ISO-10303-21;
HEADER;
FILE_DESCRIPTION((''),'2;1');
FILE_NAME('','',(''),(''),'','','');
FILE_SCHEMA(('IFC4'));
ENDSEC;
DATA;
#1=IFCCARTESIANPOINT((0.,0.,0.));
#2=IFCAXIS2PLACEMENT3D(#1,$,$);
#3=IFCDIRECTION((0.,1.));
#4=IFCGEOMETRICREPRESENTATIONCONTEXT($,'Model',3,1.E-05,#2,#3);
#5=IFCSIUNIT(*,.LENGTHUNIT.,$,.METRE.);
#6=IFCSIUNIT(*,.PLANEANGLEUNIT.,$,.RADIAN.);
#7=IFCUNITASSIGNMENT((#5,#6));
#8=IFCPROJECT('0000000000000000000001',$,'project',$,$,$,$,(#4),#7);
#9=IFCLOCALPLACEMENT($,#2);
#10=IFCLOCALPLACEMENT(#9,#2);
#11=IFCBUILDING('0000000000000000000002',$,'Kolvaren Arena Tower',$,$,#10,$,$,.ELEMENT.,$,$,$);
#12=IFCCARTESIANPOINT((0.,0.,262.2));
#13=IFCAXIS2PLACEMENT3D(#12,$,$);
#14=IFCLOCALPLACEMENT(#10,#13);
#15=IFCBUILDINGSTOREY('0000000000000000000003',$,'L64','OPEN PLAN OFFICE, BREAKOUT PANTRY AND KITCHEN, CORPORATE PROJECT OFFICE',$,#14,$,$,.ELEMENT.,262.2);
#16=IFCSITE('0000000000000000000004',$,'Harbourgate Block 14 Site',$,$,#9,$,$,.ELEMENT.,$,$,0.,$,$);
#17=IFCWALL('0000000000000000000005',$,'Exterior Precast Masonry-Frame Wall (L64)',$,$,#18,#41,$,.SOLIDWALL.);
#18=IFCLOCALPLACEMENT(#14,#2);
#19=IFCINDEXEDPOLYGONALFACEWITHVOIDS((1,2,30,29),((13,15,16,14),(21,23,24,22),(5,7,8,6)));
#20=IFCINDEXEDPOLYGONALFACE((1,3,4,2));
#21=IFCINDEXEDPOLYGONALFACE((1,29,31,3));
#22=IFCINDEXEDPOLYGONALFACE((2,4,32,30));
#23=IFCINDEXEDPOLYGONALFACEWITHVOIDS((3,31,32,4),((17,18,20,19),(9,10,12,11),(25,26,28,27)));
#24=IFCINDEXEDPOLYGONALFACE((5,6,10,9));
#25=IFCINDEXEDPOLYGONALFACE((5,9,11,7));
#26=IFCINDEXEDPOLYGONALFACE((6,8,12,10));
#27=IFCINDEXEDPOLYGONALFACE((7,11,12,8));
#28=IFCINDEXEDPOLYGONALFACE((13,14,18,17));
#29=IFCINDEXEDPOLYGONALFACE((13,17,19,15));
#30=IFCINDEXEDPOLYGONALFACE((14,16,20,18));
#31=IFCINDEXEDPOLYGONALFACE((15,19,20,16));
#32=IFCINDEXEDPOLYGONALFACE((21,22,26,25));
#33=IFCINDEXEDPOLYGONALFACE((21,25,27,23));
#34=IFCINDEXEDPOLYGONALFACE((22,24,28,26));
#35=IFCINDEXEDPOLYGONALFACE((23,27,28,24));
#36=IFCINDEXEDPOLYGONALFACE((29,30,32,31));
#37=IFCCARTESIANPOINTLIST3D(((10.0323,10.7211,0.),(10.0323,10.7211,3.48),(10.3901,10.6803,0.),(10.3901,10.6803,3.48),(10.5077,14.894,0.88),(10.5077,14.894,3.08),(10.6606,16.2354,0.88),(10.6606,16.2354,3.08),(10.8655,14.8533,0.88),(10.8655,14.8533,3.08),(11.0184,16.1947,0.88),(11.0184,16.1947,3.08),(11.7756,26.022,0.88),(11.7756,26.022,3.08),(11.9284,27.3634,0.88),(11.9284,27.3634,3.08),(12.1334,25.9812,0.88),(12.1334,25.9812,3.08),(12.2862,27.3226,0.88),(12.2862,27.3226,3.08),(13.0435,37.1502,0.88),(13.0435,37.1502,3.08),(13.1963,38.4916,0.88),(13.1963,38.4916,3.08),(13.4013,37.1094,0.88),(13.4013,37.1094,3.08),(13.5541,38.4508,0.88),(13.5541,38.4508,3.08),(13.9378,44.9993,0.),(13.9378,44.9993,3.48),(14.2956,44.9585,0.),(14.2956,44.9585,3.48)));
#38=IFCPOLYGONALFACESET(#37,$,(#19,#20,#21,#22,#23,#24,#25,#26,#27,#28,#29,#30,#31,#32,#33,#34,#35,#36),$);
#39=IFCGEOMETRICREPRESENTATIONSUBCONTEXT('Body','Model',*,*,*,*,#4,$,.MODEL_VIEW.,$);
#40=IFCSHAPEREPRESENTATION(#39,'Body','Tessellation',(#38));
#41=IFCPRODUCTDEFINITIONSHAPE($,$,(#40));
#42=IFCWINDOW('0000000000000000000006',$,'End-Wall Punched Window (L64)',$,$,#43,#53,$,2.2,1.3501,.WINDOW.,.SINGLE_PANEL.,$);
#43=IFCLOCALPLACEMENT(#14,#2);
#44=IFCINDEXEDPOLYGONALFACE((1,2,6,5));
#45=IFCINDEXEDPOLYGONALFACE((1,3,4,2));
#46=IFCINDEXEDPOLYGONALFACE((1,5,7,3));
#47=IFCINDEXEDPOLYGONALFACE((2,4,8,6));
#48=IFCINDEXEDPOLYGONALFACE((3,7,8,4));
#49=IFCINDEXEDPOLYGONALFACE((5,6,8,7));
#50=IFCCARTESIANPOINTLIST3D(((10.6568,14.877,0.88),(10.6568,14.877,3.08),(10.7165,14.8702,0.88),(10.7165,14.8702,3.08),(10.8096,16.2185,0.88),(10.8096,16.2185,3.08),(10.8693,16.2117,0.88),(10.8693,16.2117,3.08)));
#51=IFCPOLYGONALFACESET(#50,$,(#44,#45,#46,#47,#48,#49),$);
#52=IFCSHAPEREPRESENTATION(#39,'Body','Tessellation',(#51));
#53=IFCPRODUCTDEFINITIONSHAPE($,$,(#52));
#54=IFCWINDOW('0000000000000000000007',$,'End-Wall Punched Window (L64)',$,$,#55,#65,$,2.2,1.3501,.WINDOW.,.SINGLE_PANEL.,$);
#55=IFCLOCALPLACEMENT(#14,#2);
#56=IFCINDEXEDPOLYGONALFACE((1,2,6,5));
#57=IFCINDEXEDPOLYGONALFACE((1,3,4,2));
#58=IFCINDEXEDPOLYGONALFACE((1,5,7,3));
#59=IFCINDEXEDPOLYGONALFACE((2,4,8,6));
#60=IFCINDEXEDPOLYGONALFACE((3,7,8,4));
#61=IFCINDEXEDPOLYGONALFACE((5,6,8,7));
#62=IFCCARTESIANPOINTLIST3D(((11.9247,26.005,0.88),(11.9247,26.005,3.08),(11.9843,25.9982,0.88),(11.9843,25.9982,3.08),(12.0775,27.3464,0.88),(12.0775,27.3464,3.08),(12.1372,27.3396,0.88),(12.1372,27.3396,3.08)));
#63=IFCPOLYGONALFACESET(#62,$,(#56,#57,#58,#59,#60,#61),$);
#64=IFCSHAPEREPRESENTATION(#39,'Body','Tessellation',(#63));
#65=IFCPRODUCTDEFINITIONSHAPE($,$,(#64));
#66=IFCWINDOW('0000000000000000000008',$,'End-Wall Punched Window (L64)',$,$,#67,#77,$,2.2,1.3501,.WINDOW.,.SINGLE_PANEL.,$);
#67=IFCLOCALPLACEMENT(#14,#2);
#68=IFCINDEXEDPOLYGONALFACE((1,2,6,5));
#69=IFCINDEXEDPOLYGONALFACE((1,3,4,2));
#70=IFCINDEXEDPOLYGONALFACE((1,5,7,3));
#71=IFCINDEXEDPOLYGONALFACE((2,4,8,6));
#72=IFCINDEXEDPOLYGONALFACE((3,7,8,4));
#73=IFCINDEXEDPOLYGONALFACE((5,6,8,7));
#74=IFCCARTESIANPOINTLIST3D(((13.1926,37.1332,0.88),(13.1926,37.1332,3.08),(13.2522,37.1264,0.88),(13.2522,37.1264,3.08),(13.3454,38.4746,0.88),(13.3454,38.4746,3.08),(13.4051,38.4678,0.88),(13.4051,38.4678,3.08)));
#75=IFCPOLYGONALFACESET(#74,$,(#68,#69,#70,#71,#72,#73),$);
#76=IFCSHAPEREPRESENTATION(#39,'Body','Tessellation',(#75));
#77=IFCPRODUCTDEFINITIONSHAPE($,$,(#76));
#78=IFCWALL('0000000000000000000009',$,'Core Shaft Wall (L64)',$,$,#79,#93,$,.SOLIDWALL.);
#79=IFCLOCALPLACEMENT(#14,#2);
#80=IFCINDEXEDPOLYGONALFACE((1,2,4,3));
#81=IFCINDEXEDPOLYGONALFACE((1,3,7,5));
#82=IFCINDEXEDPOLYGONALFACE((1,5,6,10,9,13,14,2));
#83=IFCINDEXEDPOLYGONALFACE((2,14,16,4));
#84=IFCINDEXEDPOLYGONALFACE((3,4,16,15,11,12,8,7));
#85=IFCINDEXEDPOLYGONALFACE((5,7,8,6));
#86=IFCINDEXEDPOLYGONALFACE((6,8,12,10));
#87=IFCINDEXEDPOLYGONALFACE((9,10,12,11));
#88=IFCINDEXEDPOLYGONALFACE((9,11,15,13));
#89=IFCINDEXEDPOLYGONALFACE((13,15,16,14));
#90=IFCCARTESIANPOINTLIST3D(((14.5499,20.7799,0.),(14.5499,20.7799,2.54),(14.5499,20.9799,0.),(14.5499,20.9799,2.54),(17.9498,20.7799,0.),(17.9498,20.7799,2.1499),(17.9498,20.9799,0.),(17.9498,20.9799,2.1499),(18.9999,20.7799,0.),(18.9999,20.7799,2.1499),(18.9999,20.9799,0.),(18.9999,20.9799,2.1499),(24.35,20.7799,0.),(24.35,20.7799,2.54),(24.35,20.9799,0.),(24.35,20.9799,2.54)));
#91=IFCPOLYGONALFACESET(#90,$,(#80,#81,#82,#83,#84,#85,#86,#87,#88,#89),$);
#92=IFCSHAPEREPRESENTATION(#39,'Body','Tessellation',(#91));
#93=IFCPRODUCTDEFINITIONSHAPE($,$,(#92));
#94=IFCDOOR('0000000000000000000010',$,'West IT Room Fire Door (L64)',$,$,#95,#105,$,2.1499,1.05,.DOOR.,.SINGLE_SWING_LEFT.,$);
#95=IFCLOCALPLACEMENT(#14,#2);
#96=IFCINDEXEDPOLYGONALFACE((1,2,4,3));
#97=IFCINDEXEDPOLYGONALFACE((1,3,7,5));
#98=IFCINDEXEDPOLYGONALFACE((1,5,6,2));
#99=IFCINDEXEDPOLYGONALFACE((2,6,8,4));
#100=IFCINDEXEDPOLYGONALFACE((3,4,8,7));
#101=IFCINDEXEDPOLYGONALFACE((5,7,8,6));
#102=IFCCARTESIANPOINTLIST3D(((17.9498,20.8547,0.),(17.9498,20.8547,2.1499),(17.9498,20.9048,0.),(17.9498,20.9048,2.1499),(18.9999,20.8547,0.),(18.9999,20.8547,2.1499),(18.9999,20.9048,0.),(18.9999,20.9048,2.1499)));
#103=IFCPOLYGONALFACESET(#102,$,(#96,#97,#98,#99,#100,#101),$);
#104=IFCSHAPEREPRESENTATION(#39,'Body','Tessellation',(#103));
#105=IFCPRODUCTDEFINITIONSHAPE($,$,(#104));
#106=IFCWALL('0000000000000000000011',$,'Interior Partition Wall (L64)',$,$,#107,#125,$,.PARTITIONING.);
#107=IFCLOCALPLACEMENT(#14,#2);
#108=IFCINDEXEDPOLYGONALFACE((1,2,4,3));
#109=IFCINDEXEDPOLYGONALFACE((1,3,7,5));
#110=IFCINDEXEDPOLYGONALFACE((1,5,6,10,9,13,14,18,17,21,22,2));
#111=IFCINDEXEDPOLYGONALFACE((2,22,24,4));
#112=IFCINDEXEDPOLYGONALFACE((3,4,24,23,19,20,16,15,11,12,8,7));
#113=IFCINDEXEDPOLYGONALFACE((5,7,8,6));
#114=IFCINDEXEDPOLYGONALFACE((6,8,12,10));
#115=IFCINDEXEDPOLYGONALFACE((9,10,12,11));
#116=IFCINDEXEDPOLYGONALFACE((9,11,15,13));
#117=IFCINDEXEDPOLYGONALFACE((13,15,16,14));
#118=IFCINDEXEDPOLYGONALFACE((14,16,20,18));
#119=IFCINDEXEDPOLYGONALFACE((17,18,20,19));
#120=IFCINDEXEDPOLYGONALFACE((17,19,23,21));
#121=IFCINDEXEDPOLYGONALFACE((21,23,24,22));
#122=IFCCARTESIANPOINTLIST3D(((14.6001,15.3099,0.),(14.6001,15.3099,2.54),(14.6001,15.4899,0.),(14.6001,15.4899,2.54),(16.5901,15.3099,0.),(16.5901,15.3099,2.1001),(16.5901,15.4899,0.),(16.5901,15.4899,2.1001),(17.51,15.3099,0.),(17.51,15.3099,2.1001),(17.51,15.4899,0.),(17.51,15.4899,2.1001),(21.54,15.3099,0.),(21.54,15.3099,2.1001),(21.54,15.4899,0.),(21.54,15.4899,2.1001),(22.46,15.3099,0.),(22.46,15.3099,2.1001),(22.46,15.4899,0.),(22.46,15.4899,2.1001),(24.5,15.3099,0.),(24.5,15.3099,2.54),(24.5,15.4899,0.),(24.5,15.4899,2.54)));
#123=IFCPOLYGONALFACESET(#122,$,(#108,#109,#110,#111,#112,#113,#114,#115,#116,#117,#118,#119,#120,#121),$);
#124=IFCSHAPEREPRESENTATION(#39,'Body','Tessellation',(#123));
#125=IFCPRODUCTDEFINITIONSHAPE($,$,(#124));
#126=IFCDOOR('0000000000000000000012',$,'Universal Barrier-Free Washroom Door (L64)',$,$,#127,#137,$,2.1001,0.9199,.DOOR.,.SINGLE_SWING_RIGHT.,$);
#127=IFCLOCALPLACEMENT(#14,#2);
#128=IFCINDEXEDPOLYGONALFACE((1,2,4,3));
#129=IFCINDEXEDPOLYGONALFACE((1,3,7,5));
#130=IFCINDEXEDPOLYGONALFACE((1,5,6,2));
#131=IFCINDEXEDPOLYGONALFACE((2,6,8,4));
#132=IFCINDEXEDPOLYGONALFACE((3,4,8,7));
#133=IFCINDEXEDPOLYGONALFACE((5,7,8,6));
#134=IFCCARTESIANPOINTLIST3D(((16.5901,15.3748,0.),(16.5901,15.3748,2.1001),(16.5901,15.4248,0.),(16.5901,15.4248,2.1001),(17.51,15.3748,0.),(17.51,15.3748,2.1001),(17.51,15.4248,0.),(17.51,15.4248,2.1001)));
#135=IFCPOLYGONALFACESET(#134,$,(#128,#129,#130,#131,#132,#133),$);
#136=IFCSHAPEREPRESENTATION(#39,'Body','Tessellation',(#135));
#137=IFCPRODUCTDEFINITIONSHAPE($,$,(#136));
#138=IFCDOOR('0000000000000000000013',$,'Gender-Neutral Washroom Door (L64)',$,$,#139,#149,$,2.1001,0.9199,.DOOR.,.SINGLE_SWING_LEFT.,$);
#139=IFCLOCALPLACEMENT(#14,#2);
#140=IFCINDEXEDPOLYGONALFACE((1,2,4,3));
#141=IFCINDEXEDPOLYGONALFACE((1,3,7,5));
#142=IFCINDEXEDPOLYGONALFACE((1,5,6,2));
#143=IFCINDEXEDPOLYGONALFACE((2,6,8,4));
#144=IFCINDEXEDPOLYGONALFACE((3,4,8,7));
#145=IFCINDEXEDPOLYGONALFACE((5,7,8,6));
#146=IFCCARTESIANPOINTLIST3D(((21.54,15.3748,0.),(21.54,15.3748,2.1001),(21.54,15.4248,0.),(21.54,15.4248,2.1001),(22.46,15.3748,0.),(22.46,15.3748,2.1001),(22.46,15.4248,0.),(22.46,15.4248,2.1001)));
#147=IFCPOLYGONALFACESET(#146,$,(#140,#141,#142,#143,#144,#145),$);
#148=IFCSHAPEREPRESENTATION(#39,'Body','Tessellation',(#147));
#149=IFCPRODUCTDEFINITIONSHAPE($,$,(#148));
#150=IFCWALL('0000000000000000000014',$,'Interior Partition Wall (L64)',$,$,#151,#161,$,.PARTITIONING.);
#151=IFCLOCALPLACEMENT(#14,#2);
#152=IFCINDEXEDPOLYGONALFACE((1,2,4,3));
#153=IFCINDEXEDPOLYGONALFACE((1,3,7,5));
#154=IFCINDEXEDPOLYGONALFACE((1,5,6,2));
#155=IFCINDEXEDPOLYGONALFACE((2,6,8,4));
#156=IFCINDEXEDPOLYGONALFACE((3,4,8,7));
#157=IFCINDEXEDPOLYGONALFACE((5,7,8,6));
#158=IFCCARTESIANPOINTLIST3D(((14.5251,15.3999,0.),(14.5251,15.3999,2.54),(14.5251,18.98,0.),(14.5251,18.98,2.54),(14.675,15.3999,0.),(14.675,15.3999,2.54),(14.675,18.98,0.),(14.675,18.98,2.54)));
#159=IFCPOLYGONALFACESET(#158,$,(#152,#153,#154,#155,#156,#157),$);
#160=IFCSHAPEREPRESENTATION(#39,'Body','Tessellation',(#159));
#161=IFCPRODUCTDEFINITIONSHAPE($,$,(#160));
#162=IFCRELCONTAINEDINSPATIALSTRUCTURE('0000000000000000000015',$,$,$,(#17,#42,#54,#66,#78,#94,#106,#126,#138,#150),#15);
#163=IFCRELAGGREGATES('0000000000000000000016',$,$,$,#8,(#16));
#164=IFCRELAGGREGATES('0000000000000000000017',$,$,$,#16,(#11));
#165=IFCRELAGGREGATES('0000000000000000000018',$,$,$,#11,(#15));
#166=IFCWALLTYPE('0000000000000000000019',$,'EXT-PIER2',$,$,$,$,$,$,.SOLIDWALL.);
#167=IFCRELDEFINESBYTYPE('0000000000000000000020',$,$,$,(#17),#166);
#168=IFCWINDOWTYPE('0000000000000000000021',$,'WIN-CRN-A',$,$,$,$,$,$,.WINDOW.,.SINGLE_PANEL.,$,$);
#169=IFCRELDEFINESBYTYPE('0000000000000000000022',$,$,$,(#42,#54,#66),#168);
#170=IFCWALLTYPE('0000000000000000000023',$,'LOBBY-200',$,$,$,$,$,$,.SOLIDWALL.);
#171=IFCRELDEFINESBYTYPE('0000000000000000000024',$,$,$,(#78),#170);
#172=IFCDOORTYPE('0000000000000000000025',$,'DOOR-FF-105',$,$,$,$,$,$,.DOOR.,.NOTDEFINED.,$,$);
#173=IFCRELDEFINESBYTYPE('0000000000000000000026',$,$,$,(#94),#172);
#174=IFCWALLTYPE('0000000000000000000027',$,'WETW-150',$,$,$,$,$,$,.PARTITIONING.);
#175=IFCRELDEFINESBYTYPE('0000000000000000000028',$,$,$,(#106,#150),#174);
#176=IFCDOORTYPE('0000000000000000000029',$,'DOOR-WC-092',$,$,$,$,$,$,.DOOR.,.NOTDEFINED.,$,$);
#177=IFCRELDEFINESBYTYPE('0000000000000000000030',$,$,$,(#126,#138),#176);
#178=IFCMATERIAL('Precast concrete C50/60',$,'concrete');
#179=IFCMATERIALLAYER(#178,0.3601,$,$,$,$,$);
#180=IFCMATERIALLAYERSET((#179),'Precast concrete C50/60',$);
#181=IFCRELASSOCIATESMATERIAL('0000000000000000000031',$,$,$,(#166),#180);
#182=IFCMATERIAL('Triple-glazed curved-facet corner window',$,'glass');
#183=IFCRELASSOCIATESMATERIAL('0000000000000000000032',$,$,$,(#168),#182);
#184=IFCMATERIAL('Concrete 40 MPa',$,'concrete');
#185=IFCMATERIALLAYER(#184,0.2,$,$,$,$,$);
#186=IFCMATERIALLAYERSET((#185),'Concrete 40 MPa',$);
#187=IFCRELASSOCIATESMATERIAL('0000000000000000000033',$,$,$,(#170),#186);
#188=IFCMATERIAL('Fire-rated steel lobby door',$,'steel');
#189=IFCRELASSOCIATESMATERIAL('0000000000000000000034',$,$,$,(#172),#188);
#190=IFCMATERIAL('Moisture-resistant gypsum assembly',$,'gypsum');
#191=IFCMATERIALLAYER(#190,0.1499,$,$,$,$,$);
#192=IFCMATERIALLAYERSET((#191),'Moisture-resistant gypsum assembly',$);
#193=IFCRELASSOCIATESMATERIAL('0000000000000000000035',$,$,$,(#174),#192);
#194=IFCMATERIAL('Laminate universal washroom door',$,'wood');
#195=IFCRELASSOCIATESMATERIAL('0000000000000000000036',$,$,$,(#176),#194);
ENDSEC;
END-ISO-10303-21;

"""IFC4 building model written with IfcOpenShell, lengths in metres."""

from ifc_helpers import new_model, si_unit, direction, frame, frame_2d, origin, place, context, subcontext, project, spatial, rectangle, extrude, material, layer, layer_set, type_object, element, fill, save


model = new_model("IFC4")

# Units and contexts
model_context = context("Model", 3, precision=1e-05, world=origin(), true_north=direction((0.0, 1.0)))
body_context = subcontext(model_context, "Body", "Model", "MODEL_VIEW")
ifc_project = project(units=[si_unit("LENGTHUNIT", "METRE"), si_unit("PLANEANGLEUNIT", "RADIAN")], contexts=[model_context])

# Site, building, storey
site_placement = place(None, origin())
site = spatial("IfcSite", under=ifc_project, at=site_placement, Name="Harbourgate Block 14 Site", CompositionType="ELEMENT", RefElevation=0.0)
building_placement = place(site_placement, origin())
building = spatial("IfcBuilding", under=site, at=building_placement, Name="Kolvaren Arena Tower", CompositionType="ELEMENT")
storey_placement = place(building_placement, frame((0.0, 0.0, 262.2)))
storey = spatial("IfcBuildingStorey", under=building, at=storey_placement, Name="L64", Description="OPEN PLAN OFFICE, BREAKOUT PANTRY AND KITCHEN, CORPORATE PROJECT OFFICE", CompositionType="ELEMENT", Elevation=262.2)

# Wall, openings, windows
ifc_material_1 = material(Name="Precast concrete C50/60", Category="concrete")
ifc_layer_1 = layer(ifc_material_1, 0.3601)
ifc_layer_set_1 = layer_set([ifc_layer_1], Name="Precast concrete C50/60")
wall_type_1 = type_object("IfcWallType", Name="EXT-PIER2", PredefinedType="SOLIDWALL", material=ifc_layer_set_1)
wall_1_placement = place(storey_placement, frame((10.2112, 10.7007, 0.0), z_axis=(0.0, 0.0, 1.0), x_axis=(0.113203, 0.993572, 0.0)))
wall_1 = element("IfcWall", 1, at=wall_1_placement, inside=storey, type_object=wall_type_1, Name="Exterior Precast Masonry-Frame Wall (L64)", PredefinedType="SOLIDWALL", context=body_context, shape_type="SweptSolid", body=[
    extrude(rectangle(XDim=34.5, YDim=0.3601, at=frame_2d((17.25, 0.0))), origin(), (0.0, 0.0, 1.0), 3.48),
])
opening_1_placement = place(wall_1_placement, frame((4.2, 0.0, 0.8799)))
opening_1 = element("IfcOpeningElement", 2, at=opening_1_placement, cuts=wall_1, PredefinedType="OPENING", context=body_context, shape_type="SweptSolid", body=[
    extrude(rectangle(XDim=1.3501, YDim=2.2, at=frame_2d((0.675, 1.1001))), frame((0.0, 0.1899, 0.0), z_axis=(0.0, -1.0, 0.0), x_axis=(1.0, 0.0, 0.0)), (0.0, 0.0, 1.0), 0.3801),
])
opening_2_placement = place(wall_1_placement, frame((15.3999, 0.0, 0.8799)))
opening_2 = element("IfcOpeningElement", 3, at=opening_2_placement, cuts=wall_1, PredefinedType="OPENING", context=body_context, shape_type="SweptSolid", body=[
    extrude(rectangle(XDim=1.3501, YDim=2.2, at=frame_2d((0.675, 1.1001))), frame((0.0, 0.1899, 0.0), z_axis=(0.0, -1.0, 0.0), x_axis=(1.0, 0.0, 0.0)), (0.0, 0.0, 1.0), 0.3801),
])
opening_3_placement = place(wall_1_placement, frame((26.6001, 0.0, 0.8799)))
opening_3 = element("IfcOpeningElement", 4, at=opening_3_placement, cuts=wall_1, PredefinedType="OPENING", context=body_context, shape_type="SweptSolid", body=[
    extrude(rectangle(XDim=1.3501, YDim=2.2, at=frame_2d((0.675, 1.1001))), frame((0.0, 0.1899, 0.0), z_axis=(0.0, -1.0, 0.0), x_axis=(1.0, 0.0, 0.0)), (0.0, 0.0, 1.0), 0.3801),
])
ifc_material_2 = material(Name="Triple-glazed curved-facet corner window", Category="glass")
window_type = type_object("IfcWindowType", Name="WIN-CRN-A", PartitioningType="SINGLE_PANEL", PredefinedType="WINDOW", material=ifc_material_2)
window_1_placement = place(opening_1_placement, origin())
window_1 = element("IfcWindow", 5, at=window_1_placement, inside=storey, type_object=window_type, Name="End-Wall Punched Window (L64)", OverallHeight=2.2, OverallWidth=1.3501, PartitioningType="SINGLE_PANEL", PredefinedType="WINDOW", context=body_context, shape_type="SweptSolid", body=[
    extrude(rectangle(XDim=1.3501, YDim=2.2, at=frame_2d((0.675, 1.1001))), frame((0.0, 0.03, 0.0), z_axis=(0.0, -1.0, 0.0), x_axis=(1.0, 0.0, 0.0)), (0.0, 0.0, 1.0), 0.0601),
])
fill(opening_1, window_1)
window_2_placement = place(opening_2_placement, origin())
window_2 = element("IfcWindow", 6, at=window_2_placement, inside=storey, type_object=window_type, Name="End-Wall Punched Window (L64)", OverallHeight=2.2, OverallWidth=1.3501, PartitioningType="SINGLE_PANEL", PredefinedType="WINDOW", context=body_context, shape_type="SweptSolid", body=[
    extrude(rectangle(XDim=1.3501, YDim=2.2, at=frame_2d((0.675, 1.1001))), frame((0.0, 0.03, 0.0), z_axis=(0.0, -1.0, 0.0), x_axis=(1.0, 0.0, 0.0)), (0.0, 0.0, 1.0), 0.0601),
])
fill(opening_2, window_2)
window_3_placement = place(opening_3_placement, origin())
window_3 = element("IfcWindow", 7, at=window_3_placement, inside=storey, type_object=window_type, Name="End-Wall Punched Window (L64)", OverallHeight=2.2, OverallWidth=1.3501, PartitioningType="SINGLE_PANEL", PredefinedType="WINDOW", context=body_context, shape_type="SweptSolid", body=[
    extrude(rectangle(XDim=1.3501, YDim=2.2, at=frame_2d((0.675, 1.1001))), frame((0.0, 0.03, 0.0), z_axis=(0.0, -1.0, 0.0), x_axis=(1.0, 0.0, 0.0)), (0.0, 0.0, 1.0), 0.0601),
])
fill(opening_3, window_3)

# Wall, opening, door
ifc_material_3 = material(Name="Concrete 40 MPa", Category="concrete")
ifc_layer_2 = layer(ifc_material_3, 0.2)
ifc_layer_set_2 = layer_set([ifc_layer_2], Name="Concrete 40 MPa")
wall_type_2 = type_object("IfcWallType", Name="LOBBY-200", PredefinedType="SOLIDWALL", material=ifc_layer_set_2)
wall_2_placement = place(storey_placement, frame((14.55, 20.8799, 0.0), z_axis=(0.0, 0.0, 1.0), x_axis=(1.0, 0.0, 0.0)))
wall_2 = element("IfcWall", 8, at=wall_2_placement, inside=storey, type_object=wall_type_2, Name="Core Shaft Wall (L64)", PredefinedType="SOLIDWALL", context=body_context, shape_type="SweptSolid", body=[
    extrude(rectangle(XDim=9.8, YDim=0.2, at=frame_2d((4.8999, 0.0))), origin(), (0.0, 0.0, 1.0), 2.54),
])
opening_4_placement = place(wall_2_placement, frame((3.3999, 0.0, 0.0)))
opening_4 = element("IfcOpeningElement", 9, at=opening_4_placement, cuts=wall_2, PredefinedType="OPENING", context=body_context, shape_type="SweptSolid", body=[
    extrude(rectangle(XDim=1.05, YDim=2.1499, at=frame_2d((0.5249, 1.075))), frame((0.0, 0.1099, 0.0), z_axis=(0.0, -1.0, 0.0), x_axis=(1.0, 0.0, 0.0)), (0.0, 0.0, 1.0), 0.22),
])
ifc_material_4 = material(Name="Fire-rated steel lobby door", Category="steel")
door_type_1 = type_object("IfcDoorType", Name="DOOR-FF-105", OperationType="NOTDEFINED", PredefinedType="DOOR", material=ifc_material_4)
door_1_placement = place(opening_4_placement, origin())
door_1 = element("IfcDoor", 10, at=door_1_placement, inside=storey, type_object=door_type_1, Name="West IT Room Fire Door (L64)", OperationType="SINGLE_SWING_LEFT", OverallHeight=2.1499, OverallWidth=1.05, PredefinedType="DOOR", context=body_context, shape_type="SweptSolid", body=[
    extrude(rectangle(XDim=1.05, YDim=2.1499, at=frame_2d((0.5249, 1.075))), frame((0.0, 0.0249, 0.0), z_axis=(0.0, -1.0, 0.0), x_axis=(1.0, 0.0, 0.0)), (0.0, 0.0, 1.0), 0.05),
])
fill(opening_4, door_1)

# Wall, openings, doors
ifc_material_5 = material(Name="Moisture-resistant gypsum assembly", Category="gypsum")
ifc_layer_3 = layer(ifc_material_5, 0.1499)
ifc_layer_set_3 = layer_set([ifc_layer_3], Name="Moisture-resistant gypsum assembly")
wall_type_3 = type_object("IfcWallType", Name="WETW-150", PredefinedType="PARTITIONING", material=ifc_layer_set_3)
wall_3_placement = place(storey_placement, frame((14.6001, 15.3999, 0.0), z_axis=(0.0, 0.0, 1.0), x_axis=(1.0, 0.0, 0.0)))
wall_3 = element("IfcWall", 11, at=wall_3_placement, inside=storey, type_object=wall_type_3, Name="Interior Partition Wall (L64)", PredefinedType="PARTITIONING", context=body_context, shape_type="SweptSolid", body=[
    extrude(rectangle(XDim=9.8999, YDim=0.1799, at=frame_2d((4.95, 0.0))), origin(), (0.0, 0.0, 1.0), 2.54),
])
opening_5_placement = place(wall_3_placement, frame((1.99, 0.0, 0.0)))
opening_5 = element("IfcOpeningElement", 12, at=opening_5_placement, cuts=wall_3, PredefinedType="OPENING", context=body_context, shape_type="SweptSolid", body=[
    extrude(rectangle(XDim=0.9199, YDim=2.1001, at=frame_2d((0.46, 1.05))), frame((0.0, 0.0999, 0.0), z_axis=(0.0, -1.0, 0.0), x_axis=(1.0, 0.0, 0.0)), (0.0, 0.0, 1.0), 0.2),
])
opening_6_placement = place(wall_3_placement, frame((6.9399, 0.0, 0.0)))
opening_6 = element("IfcOpeningElement", 13, at=opening_6_placement, cuts=wall_3, PredefinedType="OPENING", context=body_context, shape_type="SweptSolid", body=[
    extrude(rectangle(XDim=0.9199, YDim=2.1001, at=frame_2d((0.46, 1.05))), frame((0.0, 0.0999, 0.0), z_axis=(0.0, -1.0, 0.0), x_axis=(1.0, 0.0, 0.0)), (0.0, 0.0, 1.0), 0.2),
])
ifc_material_6 = material(Name="Laminate universal washroom door", Category="wood")
door_type_2 = type_object("IfcDoorType", Name="DOOR-WC-092", OperationType="NOTDEFINED", PredefinedType="DOOR", material=ifc_material_6)
door_2_placement = place(opening_5_placement, origin())
door_2 = element("IfcDoor", 14, at=door_2_placement, inside=storey, type_object=door_type_2, Name="Universal Barrier-Free Washroom Door (L64)", OperationType="SINGLE_SWING_RIGHT", OverallHeight=2.1001, OverallWidth=0.9199, PredefinedType="DOOR", context=body_context, shape_type="SweptSolid", body=[
    extrude(rectangle(XDim=0.9199, YDim=2.1001, at=frame_2d((0.46, 1.05))), frame((0.0, 0.0249, 0.0), z_axis=(0.0, -1.0, 0.0), x_axis=(1.0, 0.0, 0.0)), (0.0, 0.0, 1.0), 0.05),
])
fill(opening_5, door_2)
door_3_placement = place(opening_6_placement, origin())
door_3 = element("IfcDoor", 15, at=door_3_placement, inside=storey, type_object=door_type_2, Name="Gender-Neutral Washroom Door (L64)", OperationType="SINGLE_SWING_LEFT", OverallHeight=2.1001, OverallWidth=0.9199, PredefinedType="DOOR", context=body_context, shape_type="SweptSolid", body=[
    extrude(rectangle(XDim=0.9199, YDim=2.1001, at=frame_2d((0.46, 1.05))), frame((0.0, 0.0249, 0.0), z_axis=(0.0, -1.0, 0.0), x_axis=(1.0, 0.0, 0.0)), (0.0, 0.0, 1.0), 0.05),
])
fill(opening_6, door_3)

# Wall
wall_4_placement = place(storey_placement, frame((14.6001, 15.3999, 0.0), z_axis=(0.0, 0.0, 1.0), x_axis=(0.0, 1.0, 0.0)))
element("IfcWall", 16, at=wall_4_placement, inside=storey, type_object=wall_type_3, Name="Interior Partition Wall (L64)", PredefinedType="PARTITIONING", context=body_context, shape_type="SweptSolid", body=[
    extrude(rectangle(XDim=3.5801, YDim=0.1499, at=frame_2d((1.79, 0.0))), origin(), (0.0, 0.0, 1.0), 2.54),
])

save(model, "model.ifc")
